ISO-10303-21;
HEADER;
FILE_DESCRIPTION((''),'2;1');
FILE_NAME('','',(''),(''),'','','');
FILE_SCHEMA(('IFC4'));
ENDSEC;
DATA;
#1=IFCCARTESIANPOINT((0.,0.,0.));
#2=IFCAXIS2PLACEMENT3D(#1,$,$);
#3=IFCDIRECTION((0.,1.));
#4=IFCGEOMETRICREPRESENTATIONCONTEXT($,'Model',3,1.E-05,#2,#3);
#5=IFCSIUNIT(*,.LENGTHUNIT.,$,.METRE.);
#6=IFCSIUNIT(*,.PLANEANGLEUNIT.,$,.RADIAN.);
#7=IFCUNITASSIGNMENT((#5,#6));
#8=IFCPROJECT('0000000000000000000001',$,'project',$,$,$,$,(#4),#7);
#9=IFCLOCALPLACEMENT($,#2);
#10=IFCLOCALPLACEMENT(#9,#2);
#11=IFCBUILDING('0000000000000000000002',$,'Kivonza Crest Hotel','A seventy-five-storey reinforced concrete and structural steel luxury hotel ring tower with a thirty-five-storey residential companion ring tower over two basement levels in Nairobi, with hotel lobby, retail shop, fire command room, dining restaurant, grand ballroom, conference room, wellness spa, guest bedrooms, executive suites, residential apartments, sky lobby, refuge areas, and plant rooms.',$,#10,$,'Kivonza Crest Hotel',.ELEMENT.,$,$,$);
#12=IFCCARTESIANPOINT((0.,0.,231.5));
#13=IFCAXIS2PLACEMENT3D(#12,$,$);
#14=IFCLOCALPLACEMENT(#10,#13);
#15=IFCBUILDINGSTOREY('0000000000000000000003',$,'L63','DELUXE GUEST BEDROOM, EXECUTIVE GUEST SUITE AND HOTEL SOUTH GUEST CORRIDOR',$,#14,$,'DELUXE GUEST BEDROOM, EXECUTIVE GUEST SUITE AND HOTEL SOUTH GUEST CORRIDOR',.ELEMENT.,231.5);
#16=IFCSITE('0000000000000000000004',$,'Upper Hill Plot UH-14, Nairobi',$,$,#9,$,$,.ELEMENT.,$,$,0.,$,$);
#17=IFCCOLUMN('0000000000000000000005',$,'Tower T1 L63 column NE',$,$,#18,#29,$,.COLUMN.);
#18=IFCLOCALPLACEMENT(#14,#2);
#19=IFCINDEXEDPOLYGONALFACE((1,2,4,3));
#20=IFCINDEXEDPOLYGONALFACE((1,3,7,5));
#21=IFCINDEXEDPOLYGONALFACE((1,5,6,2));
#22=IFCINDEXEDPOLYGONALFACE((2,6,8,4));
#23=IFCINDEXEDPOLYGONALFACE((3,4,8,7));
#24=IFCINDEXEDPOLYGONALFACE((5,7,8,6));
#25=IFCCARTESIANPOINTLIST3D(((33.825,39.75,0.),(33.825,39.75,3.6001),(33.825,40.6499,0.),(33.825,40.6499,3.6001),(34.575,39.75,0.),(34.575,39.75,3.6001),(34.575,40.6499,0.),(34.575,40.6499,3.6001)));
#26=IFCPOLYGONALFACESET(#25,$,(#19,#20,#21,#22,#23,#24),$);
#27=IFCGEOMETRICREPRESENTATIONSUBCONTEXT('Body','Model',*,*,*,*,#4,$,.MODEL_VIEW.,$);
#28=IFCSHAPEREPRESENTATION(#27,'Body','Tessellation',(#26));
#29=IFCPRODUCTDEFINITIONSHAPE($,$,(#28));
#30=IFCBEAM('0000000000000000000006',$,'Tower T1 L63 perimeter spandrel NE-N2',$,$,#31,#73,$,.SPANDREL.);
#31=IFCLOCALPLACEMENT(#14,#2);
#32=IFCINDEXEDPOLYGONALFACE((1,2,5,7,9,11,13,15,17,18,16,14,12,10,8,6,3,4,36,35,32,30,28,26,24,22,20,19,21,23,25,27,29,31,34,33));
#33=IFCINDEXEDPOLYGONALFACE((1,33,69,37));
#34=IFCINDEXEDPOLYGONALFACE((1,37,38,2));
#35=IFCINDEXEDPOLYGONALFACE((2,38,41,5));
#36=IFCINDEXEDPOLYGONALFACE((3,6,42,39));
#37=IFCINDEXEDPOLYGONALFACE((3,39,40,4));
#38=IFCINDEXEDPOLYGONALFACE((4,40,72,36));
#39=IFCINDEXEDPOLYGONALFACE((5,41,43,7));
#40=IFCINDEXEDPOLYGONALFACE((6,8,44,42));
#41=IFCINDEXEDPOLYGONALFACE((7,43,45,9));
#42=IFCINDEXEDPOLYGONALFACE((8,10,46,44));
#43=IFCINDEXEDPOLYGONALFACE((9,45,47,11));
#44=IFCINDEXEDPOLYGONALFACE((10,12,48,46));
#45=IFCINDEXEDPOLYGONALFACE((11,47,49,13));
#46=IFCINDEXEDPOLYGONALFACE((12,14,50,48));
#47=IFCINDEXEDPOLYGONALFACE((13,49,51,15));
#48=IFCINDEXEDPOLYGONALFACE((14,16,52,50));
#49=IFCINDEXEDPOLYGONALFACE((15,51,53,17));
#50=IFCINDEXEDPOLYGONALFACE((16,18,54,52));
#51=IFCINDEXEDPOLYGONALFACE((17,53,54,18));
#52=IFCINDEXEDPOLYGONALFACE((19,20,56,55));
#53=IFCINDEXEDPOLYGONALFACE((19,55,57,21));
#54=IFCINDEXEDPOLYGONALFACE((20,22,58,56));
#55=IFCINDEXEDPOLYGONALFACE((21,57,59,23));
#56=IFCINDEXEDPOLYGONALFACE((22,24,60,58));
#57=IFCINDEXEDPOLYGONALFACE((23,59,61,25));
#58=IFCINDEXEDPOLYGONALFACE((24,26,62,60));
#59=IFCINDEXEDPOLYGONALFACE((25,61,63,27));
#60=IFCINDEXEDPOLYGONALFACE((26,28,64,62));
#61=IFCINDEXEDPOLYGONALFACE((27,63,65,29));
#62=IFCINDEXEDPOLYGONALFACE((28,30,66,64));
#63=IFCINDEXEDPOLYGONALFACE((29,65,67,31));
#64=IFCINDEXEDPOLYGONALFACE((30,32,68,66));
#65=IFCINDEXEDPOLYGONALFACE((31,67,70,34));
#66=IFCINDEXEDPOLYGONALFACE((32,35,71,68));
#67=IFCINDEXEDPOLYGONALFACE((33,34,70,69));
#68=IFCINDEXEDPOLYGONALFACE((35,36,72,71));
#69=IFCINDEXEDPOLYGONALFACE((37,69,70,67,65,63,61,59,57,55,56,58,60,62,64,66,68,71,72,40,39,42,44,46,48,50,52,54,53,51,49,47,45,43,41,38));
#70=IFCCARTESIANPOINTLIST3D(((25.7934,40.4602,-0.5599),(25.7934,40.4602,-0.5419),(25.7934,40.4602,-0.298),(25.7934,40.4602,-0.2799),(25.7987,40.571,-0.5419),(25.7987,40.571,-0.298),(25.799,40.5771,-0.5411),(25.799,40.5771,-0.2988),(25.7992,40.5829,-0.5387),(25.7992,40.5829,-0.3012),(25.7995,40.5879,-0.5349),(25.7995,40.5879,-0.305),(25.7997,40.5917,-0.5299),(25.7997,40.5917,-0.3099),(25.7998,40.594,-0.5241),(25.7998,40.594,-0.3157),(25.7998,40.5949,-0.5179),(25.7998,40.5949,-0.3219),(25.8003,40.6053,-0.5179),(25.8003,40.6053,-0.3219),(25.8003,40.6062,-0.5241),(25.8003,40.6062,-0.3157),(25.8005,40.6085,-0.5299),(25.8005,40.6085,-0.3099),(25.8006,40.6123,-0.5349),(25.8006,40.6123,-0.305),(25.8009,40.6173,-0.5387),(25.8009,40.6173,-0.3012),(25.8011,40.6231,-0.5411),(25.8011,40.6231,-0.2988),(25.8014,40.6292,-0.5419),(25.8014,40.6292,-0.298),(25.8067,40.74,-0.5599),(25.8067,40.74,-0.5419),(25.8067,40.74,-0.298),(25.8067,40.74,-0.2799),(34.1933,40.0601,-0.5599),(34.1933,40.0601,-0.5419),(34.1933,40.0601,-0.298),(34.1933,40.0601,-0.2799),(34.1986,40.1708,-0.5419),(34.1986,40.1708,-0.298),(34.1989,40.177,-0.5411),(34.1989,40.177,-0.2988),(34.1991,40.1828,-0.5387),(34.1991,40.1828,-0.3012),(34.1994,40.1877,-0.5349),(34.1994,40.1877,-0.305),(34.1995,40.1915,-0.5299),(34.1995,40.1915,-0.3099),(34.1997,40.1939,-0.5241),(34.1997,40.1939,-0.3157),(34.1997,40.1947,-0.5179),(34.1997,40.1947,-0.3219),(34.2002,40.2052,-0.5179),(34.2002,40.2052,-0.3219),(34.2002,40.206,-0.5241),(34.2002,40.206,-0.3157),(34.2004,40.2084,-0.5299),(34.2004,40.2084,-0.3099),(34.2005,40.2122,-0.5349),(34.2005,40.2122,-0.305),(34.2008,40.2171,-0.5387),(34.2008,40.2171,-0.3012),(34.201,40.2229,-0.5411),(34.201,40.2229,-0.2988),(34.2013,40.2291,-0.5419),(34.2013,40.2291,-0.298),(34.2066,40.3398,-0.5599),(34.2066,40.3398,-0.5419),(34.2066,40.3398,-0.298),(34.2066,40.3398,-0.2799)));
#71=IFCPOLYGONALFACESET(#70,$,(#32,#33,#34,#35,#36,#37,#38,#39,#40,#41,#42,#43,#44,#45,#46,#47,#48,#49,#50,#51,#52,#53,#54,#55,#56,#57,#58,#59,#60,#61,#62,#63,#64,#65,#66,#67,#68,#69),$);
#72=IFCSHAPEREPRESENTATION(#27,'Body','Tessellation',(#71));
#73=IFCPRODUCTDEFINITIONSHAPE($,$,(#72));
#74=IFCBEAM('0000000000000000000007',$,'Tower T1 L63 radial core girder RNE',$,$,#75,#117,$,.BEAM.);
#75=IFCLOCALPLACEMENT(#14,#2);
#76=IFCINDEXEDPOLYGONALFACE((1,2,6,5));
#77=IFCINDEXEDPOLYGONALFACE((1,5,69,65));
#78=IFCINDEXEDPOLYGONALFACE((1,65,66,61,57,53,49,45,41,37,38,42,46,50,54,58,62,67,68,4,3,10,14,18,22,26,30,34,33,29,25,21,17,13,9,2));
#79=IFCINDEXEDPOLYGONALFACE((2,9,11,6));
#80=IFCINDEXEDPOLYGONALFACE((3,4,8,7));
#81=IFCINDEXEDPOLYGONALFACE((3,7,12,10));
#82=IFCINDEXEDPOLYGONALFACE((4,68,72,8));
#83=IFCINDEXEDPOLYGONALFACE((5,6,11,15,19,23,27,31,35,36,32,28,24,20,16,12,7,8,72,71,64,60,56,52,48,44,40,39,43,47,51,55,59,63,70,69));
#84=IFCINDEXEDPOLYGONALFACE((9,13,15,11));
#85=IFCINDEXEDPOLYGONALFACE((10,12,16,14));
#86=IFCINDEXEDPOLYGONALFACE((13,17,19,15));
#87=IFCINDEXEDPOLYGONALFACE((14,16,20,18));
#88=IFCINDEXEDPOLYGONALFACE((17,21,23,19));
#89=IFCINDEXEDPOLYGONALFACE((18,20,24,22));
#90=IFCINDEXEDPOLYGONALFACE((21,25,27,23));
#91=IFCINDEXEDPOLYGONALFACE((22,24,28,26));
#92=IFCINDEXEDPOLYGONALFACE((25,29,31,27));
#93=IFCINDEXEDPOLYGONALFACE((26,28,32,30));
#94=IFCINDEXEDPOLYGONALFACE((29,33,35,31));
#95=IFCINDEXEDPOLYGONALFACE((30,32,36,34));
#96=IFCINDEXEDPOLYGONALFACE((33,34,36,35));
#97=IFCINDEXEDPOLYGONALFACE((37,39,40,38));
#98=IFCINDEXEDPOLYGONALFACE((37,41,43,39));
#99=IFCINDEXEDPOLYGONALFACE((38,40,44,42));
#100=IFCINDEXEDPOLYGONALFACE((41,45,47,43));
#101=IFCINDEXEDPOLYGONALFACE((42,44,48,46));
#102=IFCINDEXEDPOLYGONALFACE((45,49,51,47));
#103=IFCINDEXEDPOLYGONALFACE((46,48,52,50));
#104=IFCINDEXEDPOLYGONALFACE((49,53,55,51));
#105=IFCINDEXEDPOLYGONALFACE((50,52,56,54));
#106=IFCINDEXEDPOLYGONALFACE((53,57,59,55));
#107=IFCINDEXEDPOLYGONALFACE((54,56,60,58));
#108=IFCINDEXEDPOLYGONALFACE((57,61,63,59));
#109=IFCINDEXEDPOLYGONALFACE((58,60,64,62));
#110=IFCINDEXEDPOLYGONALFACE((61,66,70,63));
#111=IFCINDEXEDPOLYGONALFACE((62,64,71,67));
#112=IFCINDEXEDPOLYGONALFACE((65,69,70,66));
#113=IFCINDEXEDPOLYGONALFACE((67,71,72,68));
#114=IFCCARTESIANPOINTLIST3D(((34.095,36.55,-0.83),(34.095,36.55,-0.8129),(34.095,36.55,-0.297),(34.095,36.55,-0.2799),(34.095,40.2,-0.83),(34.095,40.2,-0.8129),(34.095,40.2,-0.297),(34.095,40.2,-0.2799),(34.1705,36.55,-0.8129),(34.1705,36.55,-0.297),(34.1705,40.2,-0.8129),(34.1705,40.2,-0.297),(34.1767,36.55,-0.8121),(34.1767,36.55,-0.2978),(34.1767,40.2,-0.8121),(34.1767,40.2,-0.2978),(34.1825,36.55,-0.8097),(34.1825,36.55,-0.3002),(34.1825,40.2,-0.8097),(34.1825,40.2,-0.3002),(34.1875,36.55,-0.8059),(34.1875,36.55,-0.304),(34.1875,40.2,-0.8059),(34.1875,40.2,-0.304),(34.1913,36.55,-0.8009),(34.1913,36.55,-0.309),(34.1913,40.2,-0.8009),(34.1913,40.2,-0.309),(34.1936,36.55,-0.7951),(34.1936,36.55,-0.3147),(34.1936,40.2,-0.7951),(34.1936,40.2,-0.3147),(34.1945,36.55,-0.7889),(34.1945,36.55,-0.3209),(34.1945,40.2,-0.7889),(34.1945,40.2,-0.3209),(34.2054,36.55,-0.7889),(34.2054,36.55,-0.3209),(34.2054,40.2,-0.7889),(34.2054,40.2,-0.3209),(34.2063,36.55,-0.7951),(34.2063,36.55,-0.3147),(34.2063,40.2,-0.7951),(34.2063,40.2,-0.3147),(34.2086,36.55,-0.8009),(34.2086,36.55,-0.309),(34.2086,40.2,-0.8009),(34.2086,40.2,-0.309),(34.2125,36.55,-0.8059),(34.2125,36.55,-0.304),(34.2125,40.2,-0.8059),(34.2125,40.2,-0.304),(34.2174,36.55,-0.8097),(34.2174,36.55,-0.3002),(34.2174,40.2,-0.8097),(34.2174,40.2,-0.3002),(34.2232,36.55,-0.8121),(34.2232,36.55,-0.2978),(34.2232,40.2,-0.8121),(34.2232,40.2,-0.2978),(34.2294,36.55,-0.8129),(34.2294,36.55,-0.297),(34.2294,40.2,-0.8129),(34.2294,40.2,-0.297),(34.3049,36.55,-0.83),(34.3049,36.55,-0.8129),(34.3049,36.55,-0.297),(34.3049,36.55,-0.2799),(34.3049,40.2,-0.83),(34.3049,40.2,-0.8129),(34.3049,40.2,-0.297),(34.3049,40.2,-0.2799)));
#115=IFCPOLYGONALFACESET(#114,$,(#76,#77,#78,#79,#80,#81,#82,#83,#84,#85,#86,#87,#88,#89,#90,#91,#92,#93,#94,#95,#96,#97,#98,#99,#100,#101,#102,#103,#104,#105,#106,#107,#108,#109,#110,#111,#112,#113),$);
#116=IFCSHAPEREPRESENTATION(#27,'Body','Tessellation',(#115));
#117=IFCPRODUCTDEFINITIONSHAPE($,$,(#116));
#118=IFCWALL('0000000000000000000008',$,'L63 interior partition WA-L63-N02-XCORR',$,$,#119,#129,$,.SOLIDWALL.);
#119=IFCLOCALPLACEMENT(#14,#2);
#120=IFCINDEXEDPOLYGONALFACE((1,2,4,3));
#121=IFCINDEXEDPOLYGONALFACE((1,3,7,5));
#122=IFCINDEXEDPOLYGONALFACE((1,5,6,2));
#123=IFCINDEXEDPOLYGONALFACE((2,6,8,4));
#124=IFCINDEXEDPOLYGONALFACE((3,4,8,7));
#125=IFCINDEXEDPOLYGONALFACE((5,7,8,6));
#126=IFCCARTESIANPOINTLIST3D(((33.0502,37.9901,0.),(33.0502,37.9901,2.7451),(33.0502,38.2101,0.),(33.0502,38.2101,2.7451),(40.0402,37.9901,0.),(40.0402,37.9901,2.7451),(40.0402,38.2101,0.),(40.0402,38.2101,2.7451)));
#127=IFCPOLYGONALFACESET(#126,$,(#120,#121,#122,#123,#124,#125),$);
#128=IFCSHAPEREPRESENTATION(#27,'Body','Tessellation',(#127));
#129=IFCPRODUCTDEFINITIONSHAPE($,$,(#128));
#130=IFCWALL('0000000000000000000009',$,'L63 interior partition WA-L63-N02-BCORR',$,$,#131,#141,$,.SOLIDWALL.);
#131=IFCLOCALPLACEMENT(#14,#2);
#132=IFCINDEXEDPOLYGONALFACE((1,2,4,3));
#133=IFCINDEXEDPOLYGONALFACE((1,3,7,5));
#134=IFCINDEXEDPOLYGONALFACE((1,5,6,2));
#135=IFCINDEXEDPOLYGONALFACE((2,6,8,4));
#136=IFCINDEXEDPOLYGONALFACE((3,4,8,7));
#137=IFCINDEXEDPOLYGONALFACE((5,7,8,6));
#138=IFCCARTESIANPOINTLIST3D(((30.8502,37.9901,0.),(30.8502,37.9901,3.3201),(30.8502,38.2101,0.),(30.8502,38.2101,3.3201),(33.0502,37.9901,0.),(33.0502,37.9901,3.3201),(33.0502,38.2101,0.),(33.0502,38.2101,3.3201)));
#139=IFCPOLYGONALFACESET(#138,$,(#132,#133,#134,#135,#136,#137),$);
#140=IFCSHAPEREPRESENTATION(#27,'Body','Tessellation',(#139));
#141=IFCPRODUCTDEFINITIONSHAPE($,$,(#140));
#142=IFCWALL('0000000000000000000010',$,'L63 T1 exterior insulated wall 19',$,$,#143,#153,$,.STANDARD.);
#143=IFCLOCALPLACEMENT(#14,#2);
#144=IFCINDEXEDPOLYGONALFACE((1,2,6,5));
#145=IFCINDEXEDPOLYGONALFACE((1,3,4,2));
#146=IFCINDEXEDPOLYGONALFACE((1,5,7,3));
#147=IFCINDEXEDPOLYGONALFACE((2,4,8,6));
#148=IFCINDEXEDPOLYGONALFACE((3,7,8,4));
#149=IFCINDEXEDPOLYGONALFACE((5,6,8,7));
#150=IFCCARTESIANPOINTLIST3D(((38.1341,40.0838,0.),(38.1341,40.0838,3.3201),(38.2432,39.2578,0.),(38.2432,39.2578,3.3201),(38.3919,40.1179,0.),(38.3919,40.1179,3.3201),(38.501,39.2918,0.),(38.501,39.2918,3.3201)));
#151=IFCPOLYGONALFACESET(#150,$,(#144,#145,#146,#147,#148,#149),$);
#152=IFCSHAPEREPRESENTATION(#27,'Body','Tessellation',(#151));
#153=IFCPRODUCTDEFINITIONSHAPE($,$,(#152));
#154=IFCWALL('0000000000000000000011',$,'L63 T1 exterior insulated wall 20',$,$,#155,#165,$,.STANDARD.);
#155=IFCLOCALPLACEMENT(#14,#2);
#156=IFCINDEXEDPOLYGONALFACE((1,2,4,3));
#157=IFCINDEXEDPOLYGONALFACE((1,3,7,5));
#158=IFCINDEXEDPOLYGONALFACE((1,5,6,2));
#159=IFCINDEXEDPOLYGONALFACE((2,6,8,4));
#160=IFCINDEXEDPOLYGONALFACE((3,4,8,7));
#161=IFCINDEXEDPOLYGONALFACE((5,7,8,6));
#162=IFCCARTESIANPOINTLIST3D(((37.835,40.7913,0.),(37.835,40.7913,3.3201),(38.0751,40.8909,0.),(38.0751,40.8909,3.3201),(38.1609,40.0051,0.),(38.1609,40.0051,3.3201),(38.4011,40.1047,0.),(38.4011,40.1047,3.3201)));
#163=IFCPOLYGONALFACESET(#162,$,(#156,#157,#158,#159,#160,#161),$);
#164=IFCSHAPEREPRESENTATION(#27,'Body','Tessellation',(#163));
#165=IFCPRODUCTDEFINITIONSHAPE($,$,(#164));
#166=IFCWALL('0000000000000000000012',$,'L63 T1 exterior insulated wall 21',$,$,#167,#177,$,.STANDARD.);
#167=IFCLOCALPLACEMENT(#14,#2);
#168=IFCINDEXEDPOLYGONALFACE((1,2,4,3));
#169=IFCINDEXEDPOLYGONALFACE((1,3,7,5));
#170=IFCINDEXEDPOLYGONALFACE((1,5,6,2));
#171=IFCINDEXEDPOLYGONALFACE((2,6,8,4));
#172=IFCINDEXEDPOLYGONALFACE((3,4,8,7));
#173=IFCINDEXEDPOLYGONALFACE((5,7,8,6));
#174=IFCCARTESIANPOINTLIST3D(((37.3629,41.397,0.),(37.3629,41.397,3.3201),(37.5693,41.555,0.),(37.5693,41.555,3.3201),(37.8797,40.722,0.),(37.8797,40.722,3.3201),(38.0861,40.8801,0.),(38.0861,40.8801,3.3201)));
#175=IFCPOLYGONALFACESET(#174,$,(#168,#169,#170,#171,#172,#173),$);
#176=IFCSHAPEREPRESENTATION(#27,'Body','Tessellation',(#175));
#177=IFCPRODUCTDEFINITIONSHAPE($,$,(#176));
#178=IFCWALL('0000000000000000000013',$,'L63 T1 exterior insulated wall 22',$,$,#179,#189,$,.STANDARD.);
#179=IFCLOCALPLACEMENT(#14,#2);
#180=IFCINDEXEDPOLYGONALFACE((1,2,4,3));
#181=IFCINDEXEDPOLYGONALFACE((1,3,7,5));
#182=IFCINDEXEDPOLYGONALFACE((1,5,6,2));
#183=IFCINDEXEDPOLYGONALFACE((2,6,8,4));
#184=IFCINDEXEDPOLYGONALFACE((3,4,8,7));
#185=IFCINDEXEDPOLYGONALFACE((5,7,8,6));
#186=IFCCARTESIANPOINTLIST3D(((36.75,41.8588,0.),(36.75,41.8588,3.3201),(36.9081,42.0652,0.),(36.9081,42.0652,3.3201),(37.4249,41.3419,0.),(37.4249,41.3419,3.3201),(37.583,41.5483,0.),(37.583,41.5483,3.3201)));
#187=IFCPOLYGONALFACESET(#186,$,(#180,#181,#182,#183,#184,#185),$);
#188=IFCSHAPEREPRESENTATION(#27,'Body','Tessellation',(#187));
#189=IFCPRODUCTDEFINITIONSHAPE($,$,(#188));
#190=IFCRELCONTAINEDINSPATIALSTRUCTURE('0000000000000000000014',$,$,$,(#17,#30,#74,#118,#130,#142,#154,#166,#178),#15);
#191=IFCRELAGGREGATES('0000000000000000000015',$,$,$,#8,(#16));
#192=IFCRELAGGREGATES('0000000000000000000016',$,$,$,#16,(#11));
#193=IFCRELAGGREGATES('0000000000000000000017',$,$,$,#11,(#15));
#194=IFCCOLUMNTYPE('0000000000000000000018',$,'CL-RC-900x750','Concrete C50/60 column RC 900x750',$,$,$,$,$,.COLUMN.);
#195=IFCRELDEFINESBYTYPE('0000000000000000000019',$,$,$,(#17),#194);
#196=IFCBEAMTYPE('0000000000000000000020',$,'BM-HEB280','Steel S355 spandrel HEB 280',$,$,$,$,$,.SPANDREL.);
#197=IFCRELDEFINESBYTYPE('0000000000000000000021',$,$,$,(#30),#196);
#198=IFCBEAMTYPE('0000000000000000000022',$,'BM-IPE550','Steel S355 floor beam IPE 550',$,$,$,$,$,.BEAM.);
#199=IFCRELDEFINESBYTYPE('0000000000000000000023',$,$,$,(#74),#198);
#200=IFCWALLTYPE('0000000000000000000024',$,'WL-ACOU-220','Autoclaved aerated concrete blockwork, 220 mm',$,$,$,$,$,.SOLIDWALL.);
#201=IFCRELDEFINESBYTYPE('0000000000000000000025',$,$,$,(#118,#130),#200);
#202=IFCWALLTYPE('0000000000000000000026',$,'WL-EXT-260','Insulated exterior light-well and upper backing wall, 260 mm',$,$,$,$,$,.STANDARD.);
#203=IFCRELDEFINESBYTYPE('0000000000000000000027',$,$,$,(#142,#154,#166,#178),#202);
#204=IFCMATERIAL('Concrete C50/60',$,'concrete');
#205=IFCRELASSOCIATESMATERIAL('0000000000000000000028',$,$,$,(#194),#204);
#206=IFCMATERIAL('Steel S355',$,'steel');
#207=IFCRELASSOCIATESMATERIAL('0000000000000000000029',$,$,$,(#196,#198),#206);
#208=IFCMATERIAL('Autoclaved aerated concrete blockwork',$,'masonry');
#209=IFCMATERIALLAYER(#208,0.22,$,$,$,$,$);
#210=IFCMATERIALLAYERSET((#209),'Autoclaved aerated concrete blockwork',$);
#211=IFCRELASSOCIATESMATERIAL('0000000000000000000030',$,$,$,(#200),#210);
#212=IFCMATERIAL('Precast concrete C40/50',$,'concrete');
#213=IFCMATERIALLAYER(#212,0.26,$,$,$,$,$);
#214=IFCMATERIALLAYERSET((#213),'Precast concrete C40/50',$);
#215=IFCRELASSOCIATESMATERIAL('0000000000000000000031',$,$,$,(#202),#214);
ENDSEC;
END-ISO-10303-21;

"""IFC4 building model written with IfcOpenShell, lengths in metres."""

from ifc_helpers import new_model, si_unit, direction, frame, frame_2d, origin, origin_2d, place, context, subcontext, project, spatial, rectangle, i_section, extrude, material, layer, layer_set, material_profile, profile_set, type_object, element, save


model = new_model("IFC4")

# Units and contexts
model_context = context("Model", 3, precision=1e-05, world=origin(), true_north=direction((0.0, 1.0)))
body_context = subcontext(model_context, "Body", "Model", "MODEL_VIEW")
ifc_project = project(units=[si_unit("LENGTHUNIT", "METRE"), si_unit("PLANEANGLEUNIT", "RADIAN")], contexts=[model_context])

# Site, building, storey
site_placement = place(None, origin())
site = spatial("IfcSite", under=ifc_project, at=site_placement, Name="Upper Hill Plot UH-14, Nairobi", CompositionType="ELEMENT", RefElevation=0.0)
building_placement = place(site_placement, origin())
building = spatial("IfcBuilding", under=site, at=building_placement, Name="Kivonza Crest Hotel", Description="A seventy-five-storey reinforced concrete and structural steel luxury hotel ring tower with a thirty-five-storey residential companion ring tower over two basement levels in Nairobi, with hotel lobby, retail shop, fire command room, dining restaurant, grand ballroom, conference room, wellness spa, guest bedrooms, executive suites, residential apartments, sky lobby, refuge areas, and plant rooms.", LongName="Kivonza Crest Hotel", CompositionType="ELEMENT")
storey_placement = place(building_placement, frame((0.0, 0.0, 231.5)))
storey = spatial("IfcBuildingStorey", under=building, at=storey_placement, Name="L63", Description="DELUXE GUEST BEDROOM, EXECUTIVE GUEST SUITE AND HOTEL SOUTH GUEST CORRIDOR", LongName="DELUXE GUEST BEDROOM, EXECUTIVE GUEST SUITE AND HOTEL SOUTH GUEST CORRIDOR", CompositionType="ELEMENT", Elevation=231.5)

# Column
ifc_material_1 = material(Name="Concrete C50/60", Category="concrete")
ifc_material_profile_1 = material_profile(ifc_material_1, rectangle(XDim=0.75, YDim=0.8999, at=origin_2d()), Name="RC 900x750")
ifc_profile_set_1 = profile_set([ifc_material_profile_1], Name="Concrete C50/60")
column_type = type_object("IfcColumnType", Name="CL-RC-900x750", Description="Concrete C50/60 column RC 900x750", PredefinedType="COLUMN", material=ifc_profile_set_1)
column_placement = place(storey_placement, frame((34.2, 40.2, 0.0), z_axis=(0.0, 0.0, 1.0), x_axis=(1.0, 0.0, 0.0)))
element("IfcColumn", 1, at=column_placement, inside=storey, type_object=column_type, Name="Tower T1 L63 column NE", PredefinedType="COLUMN", context=body_context, shape_type="SweptSolid", body=[
    extrude(rectangle(XDim=0.75, YDim=0.8999, at=origin_2d()), origin(), (0.0, 0.0, 1.0), 3.6001),
])

# Beams
ifc_material_2 = material(Name="Steel S355", Category="steel")
ifc_material_profile_2 = material_profile(ifc_material_2, i_section(OverallWidth=0.28, OverallDepth=0.28, WebThickness=0.0105, FlangeThickness=0.0181, FilletRadius=0.0239, at=origin_2d()), Name="HEB 280")
ifc_profile_set_2 = profile_set([ifc_material_profile_2], Name="Steel S355")
beam_type_1 = type_object("IfcBeamType", Name="BM-HEB280", Description="Steel S355 spandrel HEB 280", PredefinedType="SPANDREL", material=ifc_profile_set_2)
beam_1_placement = place(storey_placement, frame((34.2, 40.2, -0.4199), z_axis=(-0.998867, 0.047583, 0.0), x_axis=(-0.047583, -0.998867, 0.0)))
element("IfcBeam", 2, at=beam_1_placement, inside=storey, type_object=beam_type_1, Name="Tower T1 L63 perimeter spandrel NE-N2", PredefinedType="SPANDREL", context=body_context, shape_type="SweptSolid", body=[
    extrude(i_section(OverallWidth=0.28, OverallDepth=0.28, WebThickness=0.0105, FlangeThickness=0.0181, FilletRadius=0.0239, at=origin_2d()), origin(), (0.0, 0.0, 1.0), 8.4094),
])
ifc_material_profile_3 = material_profile(ifc_material_2, i_section(OverallWidth=0.21, OverallDepth=0.55, WebThickness=0.011, FlangeThickness=0.0171, FilletRadius=0.0239, at=origin_2d()), Name="IPE 550")
ifc_profile_set_3 = profile_set([ifc_material_profile_3], Name="Steel S355")
beam_type_2 = type_object("IfcBeamType", Name="BM-IPE550", Description="Steel S355 floor beam IPE 550", PredefinedType="BEAM", material=ifc_profile_set_3)
beam_2_placement = place(storey_placement, frame((34.2, 40.2, -0.5549), z_axis=(0.0, -1.0, 0.0), x_axis=(1.0, 0.0, 0.0)))
element("IfcBeam", 3, at=beam_2_placement, inside=storey, type_object=beam_type_2, Name="Tower T1 L63 radial core girder RNE", PredefinedType="BEAM", context=body_context, shape_type="SweptSolid", body=[
    extrude(i_section(OverallWidth=0.21, OverallDepth=0.55, WebThickness=0.011, FlangeThickness=0.0171, FilletRadius=0.0239, at=origin_2d()), origin(), (0.0, 0.0, 1.0), 3.6499),
])

# Walls
ifc_material_3 = material(Name="Autoclaved aerated concrete blockwork", Category="masonry")
ifc_layer_1 = layer(ifc_material_3, 0.22)
ifc_layer_set_1 = layer_set([ifc_layer_1], Name="Autoclaved aerated concrete blockwork")
wall_type_1 = type_object("IfcWallType", Name="WL-ACOU-220", Description="Autoclaved aerated concrete blockwork, 220 mm", PredefinedType="SOLIDWALL", material=ifc_layer_set_1)
wall_1_placement = place(storey_placement, frame((33.05, 38.1001, 0.0), z_axis=(0.0, 0.0, 1.0), x_axis=(1.0, 0.0, 0.0)))
element("IfcWall", 4, at=wall_1_placement, inside=storey, type_object=wall_type_1, Name="L63 interior partition WA-L63-N02-XCORR", PredefinedType="SOLIDWALL", context=body_context, shape_type="SweptSolid", body=[
    extrude(rectangle(XDim=6.99, YDim=0.22, at=frame_2d((3.4951, 0.0))), origin(), (0.0, 0.0, 1.0), 2.7451),
])
wall_2_placement = place(storey_placement, frame((30.8501, 38.1001, 0.0), z_axis=(0.0, 0.0, 1.0), x_axis=(1.0, 0.0, 0.0)))
element("IfcWall", 5, at=wall_2_placement, inside=storey, type_object=wall_type_1, Name="L63 interior partition WA-L63-N02-BCORR", PredefinedType="SOLIDWALL", context=body_context, shape_type="SweptSolid", body=[
    extrude(rectangle(XDim=2.2, YDim=0.22, at=frame_2d((1.1001, 0.0))), origin(), (0.0, 0.0, 1.0), 3.3201),
])
ifc_material_4 = material(Name="Precast concrete C40/50", Category="concrete")
ifc_layer_2 = layer(ifc_material_4, 0.26)
ifc_layer_set_2 = layer_set([ifc_layer_2], Name="Precast concrete C40/50")
wall_type_2 = type_object("IfcWallType", Name="WL-EXT-260", Description="Insulated exterior light-well and upper backing wall, 260 mm", PredefinedType="STANDARD", material=ifc_layer_set_2)
wall_3_placement = place(storey_placement, frame((38.3721, 39.2749, 0.0), z_axis=(0.0, 0.0, 1.0), x_axis=(-0.130955, 0.991388, 0.0)))
element("IfcWall", 6, at=wall_3_placement, inside=storey, type_object=wall_type_2, Name="L63 T1 exterior insulated wall 19", PredefinedType="STANDARD", context=body_context, shape_type="SweptSolid", body=[
    extrude(rectangle(XDim=0.8333, YDim=0.26, at=frame_2d((0.4165, 0.0))), origin(), (0.0, 0.0, 1.0), 3.3201),
])
wall_4_placement = place(storey_placement, frame((38.281, 40.0549, 0.0), z_axis=(0.0, 0.0, 1.0), x_axis=(-0.382985, 0.923754, 0.0)))
element("IfcWall", 7, at=wall_4_placement, inside=storey, type_object=wall_type_2, Name="L63 T1 exterior insulated wall 20", PredefinedType="STANDARD", context=body_context, shape_type="SweptSolid", body=[
    extrude(rectangle(XDim=0.8511, YDim=0.26, at=frame_2d((0.4255, 0.0))), origin(), (0.0, 0.0, 1.0), 3.3201),
])
for number, where, z_axis, x_axis, name in (
    (8, (37.9829, 40.801, 0.0), (0.0, 0.0, 1.0), (-0.607919, 0.793999, 0.0), "L63 T1 exterior insulated wall 21"),
    (9, (37.5039, 41.4451, 0.0), (0.0, 0.0, 1.0), (-0.793893, 0.608058, 0.0), "L63 T1 exterior insulated wall 22"),
):
    element("IfcWall", number, at=place(storey_placement, frame(where, z_axis=z_axis, x_axis=x_axis)), inside=storey, type_object=wall_type_2, Name=name, PredefinedType="STANDARD", context=body_context, shape_type="SweptSolid", body=[
        extrude(rectangle(XDim=0.8501, YDim=0.26, at=frame_2d((0.425, 0.0))), origin(), (0.0, 0.0, 1.0), 3.3201),
    ])

save(model, "model.ifc")
